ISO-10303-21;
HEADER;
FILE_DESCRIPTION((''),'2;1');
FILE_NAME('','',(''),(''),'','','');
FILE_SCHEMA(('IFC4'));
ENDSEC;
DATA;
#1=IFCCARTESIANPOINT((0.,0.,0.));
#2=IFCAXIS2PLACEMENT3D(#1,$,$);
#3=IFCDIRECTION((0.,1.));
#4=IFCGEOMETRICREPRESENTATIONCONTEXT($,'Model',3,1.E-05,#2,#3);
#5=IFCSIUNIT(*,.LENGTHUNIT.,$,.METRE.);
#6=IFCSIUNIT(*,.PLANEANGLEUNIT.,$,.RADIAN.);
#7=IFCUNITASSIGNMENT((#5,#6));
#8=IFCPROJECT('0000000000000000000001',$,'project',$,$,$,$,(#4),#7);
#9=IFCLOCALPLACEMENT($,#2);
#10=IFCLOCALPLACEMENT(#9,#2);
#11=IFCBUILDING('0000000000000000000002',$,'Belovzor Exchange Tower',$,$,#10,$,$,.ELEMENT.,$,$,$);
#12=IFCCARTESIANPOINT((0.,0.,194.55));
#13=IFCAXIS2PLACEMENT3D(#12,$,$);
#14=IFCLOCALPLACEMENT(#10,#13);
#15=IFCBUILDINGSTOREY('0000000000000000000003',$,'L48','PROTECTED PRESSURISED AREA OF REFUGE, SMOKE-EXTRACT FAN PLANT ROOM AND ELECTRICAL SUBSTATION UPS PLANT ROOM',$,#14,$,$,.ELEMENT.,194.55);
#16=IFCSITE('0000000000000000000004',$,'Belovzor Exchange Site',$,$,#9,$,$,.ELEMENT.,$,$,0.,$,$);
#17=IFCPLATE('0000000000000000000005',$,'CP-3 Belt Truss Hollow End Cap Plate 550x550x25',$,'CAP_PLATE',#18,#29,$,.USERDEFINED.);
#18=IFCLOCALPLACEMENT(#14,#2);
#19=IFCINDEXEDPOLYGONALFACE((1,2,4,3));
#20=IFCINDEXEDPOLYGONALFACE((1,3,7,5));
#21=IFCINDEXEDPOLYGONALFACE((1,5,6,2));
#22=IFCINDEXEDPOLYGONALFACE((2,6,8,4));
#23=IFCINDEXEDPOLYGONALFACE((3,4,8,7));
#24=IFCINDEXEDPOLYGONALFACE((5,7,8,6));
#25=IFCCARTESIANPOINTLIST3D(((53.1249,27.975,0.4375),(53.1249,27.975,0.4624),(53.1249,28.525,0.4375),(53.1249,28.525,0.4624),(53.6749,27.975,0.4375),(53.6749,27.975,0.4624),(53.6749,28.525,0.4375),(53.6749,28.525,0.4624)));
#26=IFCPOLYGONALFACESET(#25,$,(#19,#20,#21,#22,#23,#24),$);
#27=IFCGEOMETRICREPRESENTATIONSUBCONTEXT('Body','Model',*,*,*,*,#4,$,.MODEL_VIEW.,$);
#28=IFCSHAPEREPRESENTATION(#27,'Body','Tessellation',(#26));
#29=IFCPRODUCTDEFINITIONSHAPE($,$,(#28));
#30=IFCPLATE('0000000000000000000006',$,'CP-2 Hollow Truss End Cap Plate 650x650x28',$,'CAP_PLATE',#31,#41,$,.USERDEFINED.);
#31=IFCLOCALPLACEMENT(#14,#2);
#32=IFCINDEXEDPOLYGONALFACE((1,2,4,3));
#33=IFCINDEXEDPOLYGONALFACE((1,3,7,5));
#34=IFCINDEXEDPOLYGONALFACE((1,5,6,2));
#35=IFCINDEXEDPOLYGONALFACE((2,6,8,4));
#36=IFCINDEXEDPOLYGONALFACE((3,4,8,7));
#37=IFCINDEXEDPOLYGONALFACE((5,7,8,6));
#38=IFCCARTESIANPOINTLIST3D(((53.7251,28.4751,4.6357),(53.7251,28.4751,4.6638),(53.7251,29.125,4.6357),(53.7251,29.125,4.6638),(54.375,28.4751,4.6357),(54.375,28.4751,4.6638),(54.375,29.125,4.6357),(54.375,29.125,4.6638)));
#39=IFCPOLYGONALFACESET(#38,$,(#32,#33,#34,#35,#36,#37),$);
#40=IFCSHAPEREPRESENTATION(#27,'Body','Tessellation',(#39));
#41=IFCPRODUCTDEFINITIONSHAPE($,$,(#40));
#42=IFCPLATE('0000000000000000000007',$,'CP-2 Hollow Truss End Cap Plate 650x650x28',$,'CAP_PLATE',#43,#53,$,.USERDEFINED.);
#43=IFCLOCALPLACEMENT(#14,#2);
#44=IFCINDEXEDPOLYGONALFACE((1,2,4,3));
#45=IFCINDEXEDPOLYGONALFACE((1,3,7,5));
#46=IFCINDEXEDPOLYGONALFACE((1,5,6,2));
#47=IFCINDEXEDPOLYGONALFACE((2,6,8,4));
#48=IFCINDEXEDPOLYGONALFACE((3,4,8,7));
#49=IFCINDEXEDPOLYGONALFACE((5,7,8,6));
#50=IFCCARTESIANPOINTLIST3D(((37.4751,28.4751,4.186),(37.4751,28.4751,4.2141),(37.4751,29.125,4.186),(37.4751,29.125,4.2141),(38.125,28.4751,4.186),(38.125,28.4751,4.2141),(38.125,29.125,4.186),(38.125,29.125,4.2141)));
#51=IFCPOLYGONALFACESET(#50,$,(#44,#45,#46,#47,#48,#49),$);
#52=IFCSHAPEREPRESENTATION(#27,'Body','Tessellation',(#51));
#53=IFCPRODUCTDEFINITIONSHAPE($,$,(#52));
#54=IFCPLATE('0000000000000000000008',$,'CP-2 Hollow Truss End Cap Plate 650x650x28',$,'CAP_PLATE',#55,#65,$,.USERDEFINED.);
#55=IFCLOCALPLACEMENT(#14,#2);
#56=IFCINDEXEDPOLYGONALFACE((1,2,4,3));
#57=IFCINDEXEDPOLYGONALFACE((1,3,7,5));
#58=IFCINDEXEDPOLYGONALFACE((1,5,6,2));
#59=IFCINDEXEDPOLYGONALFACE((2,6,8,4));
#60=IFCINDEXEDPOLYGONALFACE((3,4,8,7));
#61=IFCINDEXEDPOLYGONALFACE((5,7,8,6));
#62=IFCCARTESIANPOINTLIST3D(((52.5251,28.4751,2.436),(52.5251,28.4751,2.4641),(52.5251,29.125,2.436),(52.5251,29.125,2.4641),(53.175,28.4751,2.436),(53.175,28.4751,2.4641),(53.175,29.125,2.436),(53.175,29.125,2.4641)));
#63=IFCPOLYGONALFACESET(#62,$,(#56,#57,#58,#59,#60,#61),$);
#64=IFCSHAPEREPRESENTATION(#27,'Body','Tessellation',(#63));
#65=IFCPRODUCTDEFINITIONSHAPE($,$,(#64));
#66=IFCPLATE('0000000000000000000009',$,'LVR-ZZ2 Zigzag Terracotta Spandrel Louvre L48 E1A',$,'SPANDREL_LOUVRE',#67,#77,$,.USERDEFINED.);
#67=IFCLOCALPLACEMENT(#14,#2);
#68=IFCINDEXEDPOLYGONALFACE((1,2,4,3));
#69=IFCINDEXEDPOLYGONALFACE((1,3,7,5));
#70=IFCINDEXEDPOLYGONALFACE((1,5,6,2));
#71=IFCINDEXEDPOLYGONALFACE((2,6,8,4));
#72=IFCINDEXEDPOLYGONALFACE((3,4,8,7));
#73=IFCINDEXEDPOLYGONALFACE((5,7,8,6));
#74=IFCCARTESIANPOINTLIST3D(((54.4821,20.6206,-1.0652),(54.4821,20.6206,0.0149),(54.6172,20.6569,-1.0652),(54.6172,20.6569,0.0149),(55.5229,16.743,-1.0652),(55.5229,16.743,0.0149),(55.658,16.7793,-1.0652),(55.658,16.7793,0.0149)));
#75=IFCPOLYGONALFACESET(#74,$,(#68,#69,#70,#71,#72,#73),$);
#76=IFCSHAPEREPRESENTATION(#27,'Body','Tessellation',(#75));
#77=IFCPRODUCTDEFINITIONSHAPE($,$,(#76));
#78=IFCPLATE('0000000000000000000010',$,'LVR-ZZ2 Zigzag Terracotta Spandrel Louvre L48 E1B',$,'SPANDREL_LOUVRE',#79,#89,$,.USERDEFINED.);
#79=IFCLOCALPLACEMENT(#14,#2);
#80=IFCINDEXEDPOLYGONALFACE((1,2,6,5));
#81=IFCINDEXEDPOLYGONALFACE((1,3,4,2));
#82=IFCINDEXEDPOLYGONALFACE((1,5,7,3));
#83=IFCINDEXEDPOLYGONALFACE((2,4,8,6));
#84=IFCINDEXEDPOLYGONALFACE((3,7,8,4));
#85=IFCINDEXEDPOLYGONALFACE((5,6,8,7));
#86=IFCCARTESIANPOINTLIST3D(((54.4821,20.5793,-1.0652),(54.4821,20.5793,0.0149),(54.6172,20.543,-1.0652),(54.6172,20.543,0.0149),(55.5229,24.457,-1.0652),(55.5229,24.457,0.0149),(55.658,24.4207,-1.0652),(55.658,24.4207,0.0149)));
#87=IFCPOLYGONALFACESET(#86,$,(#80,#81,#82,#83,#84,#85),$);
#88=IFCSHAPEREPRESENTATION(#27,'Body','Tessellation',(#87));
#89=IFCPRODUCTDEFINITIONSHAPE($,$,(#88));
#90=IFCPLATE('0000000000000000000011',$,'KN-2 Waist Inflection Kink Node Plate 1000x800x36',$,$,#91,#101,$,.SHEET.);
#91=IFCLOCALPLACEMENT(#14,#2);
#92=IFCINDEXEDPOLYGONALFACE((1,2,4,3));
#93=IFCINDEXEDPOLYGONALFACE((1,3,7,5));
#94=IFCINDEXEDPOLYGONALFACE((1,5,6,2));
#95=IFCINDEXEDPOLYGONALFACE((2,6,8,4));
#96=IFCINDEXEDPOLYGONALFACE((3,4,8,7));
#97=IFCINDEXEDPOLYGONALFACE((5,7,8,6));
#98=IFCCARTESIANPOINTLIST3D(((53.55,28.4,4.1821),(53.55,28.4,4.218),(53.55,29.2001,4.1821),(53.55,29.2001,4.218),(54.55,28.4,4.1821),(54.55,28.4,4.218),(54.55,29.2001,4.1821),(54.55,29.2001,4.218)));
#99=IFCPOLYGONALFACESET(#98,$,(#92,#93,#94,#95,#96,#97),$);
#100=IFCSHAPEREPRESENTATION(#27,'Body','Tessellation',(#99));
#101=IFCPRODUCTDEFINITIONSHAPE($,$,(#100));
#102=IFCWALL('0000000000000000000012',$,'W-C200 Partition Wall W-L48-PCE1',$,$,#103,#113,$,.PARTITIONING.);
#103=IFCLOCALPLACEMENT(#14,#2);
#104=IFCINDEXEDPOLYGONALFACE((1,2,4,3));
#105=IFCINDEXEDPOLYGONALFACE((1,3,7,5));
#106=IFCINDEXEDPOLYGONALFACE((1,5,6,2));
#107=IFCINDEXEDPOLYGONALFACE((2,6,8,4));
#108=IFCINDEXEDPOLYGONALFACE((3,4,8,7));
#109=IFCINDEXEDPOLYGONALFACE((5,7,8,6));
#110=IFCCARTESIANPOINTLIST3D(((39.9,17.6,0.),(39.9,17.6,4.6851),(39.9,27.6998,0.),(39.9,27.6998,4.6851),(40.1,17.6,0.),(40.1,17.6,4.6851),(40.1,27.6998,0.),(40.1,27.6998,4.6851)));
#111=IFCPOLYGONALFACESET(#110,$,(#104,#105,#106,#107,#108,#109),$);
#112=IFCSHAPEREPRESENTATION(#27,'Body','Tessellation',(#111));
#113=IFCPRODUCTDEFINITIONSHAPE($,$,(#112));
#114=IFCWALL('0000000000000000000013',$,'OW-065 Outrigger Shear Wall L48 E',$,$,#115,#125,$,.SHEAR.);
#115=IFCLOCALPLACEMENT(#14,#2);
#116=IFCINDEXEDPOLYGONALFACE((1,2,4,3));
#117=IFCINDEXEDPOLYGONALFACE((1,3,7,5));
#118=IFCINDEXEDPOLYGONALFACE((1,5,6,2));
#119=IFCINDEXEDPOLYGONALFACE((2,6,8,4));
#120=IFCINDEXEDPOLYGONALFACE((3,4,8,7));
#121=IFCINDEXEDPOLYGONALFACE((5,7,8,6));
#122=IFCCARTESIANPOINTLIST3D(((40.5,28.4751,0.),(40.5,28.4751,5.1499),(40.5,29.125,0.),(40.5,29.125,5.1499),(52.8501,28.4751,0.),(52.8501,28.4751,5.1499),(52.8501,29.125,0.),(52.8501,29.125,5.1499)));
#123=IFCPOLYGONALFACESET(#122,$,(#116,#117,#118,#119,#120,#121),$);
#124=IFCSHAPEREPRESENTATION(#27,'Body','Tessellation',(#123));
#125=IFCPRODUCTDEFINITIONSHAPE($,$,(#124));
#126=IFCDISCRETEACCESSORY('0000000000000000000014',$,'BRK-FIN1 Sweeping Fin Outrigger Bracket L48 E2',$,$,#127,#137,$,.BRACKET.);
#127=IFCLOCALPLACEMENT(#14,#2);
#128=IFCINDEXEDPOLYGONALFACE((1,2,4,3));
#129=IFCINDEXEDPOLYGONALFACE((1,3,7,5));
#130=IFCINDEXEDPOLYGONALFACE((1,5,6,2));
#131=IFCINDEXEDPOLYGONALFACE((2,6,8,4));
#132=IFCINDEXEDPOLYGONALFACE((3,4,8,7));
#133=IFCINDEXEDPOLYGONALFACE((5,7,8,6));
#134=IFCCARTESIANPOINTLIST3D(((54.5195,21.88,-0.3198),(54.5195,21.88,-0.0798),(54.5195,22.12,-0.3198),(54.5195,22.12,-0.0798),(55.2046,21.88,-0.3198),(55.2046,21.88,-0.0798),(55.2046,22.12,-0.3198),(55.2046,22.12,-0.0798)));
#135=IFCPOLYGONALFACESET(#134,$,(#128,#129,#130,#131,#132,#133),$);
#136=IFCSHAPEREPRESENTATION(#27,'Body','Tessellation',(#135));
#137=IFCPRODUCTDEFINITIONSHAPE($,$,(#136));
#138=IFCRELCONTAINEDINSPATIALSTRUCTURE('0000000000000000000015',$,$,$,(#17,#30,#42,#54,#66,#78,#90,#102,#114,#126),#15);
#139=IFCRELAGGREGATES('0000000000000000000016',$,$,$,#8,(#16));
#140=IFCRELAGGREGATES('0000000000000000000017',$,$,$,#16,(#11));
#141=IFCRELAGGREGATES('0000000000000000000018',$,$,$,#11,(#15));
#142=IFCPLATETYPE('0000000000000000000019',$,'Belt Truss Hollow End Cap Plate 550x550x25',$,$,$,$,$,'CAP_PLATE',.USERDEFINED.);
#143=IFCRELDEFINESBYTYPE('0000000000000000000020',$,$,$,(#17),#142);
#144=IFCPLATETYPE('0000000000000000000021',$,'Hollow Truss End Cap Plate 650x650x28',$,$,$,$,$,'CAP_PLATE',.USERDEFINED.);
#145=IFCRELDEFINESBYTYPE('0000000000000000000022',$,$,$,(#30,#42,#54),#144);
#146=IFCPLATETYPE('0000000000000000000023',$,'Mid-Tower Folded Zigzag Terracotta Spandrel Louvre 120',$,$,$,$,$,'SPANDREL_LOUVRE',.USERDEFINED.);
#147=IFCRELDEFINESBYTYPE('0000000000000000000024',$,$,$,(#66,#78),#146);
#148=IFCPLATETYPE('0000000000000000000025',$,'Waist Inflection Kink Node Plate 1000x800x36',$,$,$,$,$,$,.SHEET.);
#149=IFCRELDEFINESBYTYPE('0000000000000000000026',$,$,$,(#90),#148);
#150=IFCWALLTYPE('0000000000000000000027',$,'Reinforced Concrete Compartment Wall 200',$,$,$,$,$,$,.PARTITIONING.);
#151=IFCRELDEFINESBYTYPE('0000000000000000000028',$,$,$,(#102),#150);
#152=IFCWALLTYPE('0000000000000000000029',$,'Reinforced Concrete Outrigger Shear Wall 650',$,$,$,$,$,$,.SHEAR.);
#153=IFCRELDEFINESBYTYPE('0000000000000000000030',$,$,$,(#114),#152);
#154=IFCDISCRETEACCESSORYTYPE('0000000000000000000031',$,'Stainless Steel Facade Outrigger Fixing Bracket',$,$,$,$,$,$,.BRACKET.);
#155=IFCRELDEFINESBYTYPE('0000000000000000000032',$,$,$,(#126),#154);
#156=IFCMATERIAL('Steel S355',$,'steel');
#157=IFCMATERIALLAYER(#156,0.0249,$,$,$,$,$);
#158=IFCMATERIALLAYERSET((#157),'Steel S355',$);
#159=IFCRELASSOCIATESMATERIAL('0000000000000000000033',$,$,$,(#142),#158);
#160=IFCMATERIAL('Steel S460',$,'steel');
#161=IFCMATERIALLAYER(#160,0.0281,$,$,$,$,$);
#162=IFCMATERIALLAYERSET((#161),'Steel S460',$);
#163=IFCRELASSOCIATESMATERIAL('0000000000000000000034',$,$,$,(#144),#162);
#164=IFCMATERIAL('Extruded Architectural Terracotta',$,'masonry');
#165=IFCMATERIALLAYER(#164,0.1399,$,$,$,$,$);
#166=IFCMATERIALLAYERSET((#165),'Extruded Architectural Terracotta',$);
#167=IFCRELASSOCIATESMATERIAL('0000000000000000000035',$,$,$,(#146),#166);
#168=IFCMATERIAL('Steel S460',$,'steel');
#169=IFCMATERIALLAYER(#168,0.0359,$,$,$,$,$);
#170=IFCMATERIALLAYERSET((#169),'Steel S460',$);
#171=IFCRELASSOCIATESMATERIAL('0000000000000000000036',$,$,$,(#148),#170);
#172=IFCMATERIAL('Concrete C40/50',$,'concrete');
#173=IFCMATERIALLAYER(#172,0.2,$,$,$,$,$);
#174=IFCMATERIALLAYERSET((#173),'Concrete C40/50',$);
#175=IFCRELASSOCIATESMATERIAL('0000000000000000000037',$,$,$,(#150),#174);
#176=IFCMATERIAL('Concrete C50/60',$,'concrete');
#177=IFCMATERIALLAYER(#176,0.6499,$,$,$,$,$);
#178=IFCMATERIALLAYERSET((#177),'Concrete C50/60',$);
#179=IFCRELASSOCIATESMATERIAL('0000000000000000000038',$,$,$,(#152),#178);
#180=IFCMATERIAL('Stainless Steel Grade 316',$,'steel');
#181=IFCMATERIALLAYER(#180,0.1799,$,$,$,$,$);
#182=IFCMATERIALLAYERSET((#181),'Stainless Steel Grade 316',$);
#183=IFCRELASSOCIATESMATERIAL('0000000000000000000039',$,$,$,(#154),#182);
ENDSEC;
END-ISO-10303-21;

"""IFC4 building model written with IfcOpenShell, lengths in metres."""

from ifc_helpers import new_model, si_unit, direction, frame, frame_2d, origin, origin_2d, place, context, subcontext, project, spatial, rectangle, extrude, material, layer, layer_set, type_object, element, save


model = new_model("IFC4")

# Units and contexts
model_context = context("Model", 3, precision=1e-05, world=origin(), true_north=direction((0.0, 1.0)))
body_context = subcontext(model_context, "Body", "Model", "MODEL_VIEW")
ifc_project = project(units=[si_unit("LENGTHUNIT", "METRE"), si_unit("PLANEANGLEUNIT", "RADIAN")], contexts=[model_context])

# Site, building, storey
site_placement = place(None, origin())
site = spatial("IfcSite", under=ifc_project, at=site_placement, Name="Belovzor Exchange Site", CompositionType="ELEMENT", RefElevation=0.0)
building_placement = place(site_placement, origin())
building = spatial("IfcBuilding", under=site, at=building_placement, Name="Belovzor Exchange Tower", CompositionType="ELEMENT")
storey_placement = place(building_placement, frame((0.0, 0.0, 194.55)))
storey = spatial("IfcBuildingStorey", under=building, at=storey_placement, Name="L48", Description="PROTECTED PRESSURISED AREA OF REFUGE, SMOKE-EXTRACT FAN PLANT ROOM AND ELECTRICAL SUBSTATION UPS PLANT ROOM", CompositionType="ELEMENT", Elevation=194.55)

# Plates
ifc_material_1 = material(Name="Steel S355", Category="steel")
ifc_layer_1 = layer(ifc_material_1, 0.0249)
ifc_layer_set_1 = layer_set([ifc_layer_1], Name="Steel S355")
plate_type_1 = type_object("IfcPlateType", Name="Belt Truss Hollow End Cap Plate 550x550x25", ElementType="CAP_PLATE", PredefinedType="USERDEFINED", material=ifc_layer_set_1)
plate_1_placement = place(storey_placement, frame((53.3999, 28.25, 0.4375), z_axis=(0.0, 0.0, 1.0), x_axis=(0.0, 1.0, 0.0)))
element("IfcPlate", 1, at=plate_1_placement, inside=storey, type_object=plate_type_1, Name="CP-3 Belt Truss Hollow End Cap Plate 550x550x25", ObjectType="CAP_PLATE", PredefinedType="USERDEFINED", context=body_context, shape_type="SweptSolid", body=[
    extrude(rectangle(XDim=0.55, YDim=0.55, at=origin_2d()), origin(), (0.0, 0.0, 1.0), 0.0249),
])
ifc_material_2 = material(Name="Steel S460", Category="steel")
ifc_layer_2 = layer(ifc_material_2, 0.0281)
ifc_layer_set_2 = layer_set([ifc_layer_2], Name="Steel S460")
plate_type_2 = type_object("IfcPlateType", Name="Hollow Truss End Cap Plate 650x650x28", ElementType="CAP_PLATE", PredefinedType="USERDEFINED", material=ifc_layer_set_2)
for number, where, z_axis, x_axis, name in (
    (2, (54.05, 28.8, 4.6357), (0.0, 0.0, 1.0), (1.0, 0.0, 0.0), "CP-2 Hollow Truss End Cap Plate 650x650x28"),
    (3, (37.8, 28.8, 4.186), (0.0, 0.0, 1.0), (1.0, 0.0, 0.0), "CP-2 Hollow Truss End Cap Plate 650x650x28"),
    (4, (52.8501, 28.8, 2.436), (0.0, 0.0, 1.0), (1.0, 0.0, 0.0), "CP-2 Hollow Truss End Cap Plate 650x650x28"),
):
    element("IfcPlate", number, at=place(storey_placement, frame(where, z_axis=z_axis, x_axis=x_axis)), inside=storey, type_object=plate_type_2, Name=name, ObjectType="CAP_PLATE", PredefinedType="USERDEFINED", context=body_context, shape_type="SweptSolid", body=[
        extrude(rectangle(XDim=0.6499, YDim=0.6499, at=origin_2d()), origin(), (0.0, 0.0, 1.0), 0.0281),
    ])
ifc_material_3 = material(Name="Extruded Architectural Terracotta", Category="masonry")
ifc_layer_3 = layer(ifc_material_3, 0.1399)
ifc_layer_set_3 = layer_set([ifc_layer_3], Name="Extruded Architectural Terracotta")
plate_type_3 = type_object("IfcPlateType", Name="Mid-Tower Folded Zigzag Terracotta Spandrel Louvre 120", ElementType="SPANDREL_LOUVRE", PredefinedType="USERDEFINED", material=ifc_layer_set_3)
for number, where, z_axis, x_axis, name in (
    (5, (55.0701, 18.7, -1.0652), (0.0, 0.0, 1.0), (-0.25924, 0.965813, 0.0), "LVR-ZZ2 Zigzag Terracotta Spandrel Louvre L48 E1A"),
    (6, (55.0701, 22.5, -1.0652), (0.0, 0.0, 1.0), (0.25924, 0.965813, 0.0), "LVR-ZZ2 Zigzag Terracotta Spandrel Louvre L48 E1B"),
):
    element("IfcPlate", number, at=place(storey_placement, frame(where, z_axis=z_axis, x_axis=x_axis)), inside=storey, type_object=plate_type_3, Name=name, ObjectType="SPANDREL_LOUVRE", PredefinedType="USERDEFINED", context=body_context, shape_type="SweptSolid", body=[
        extrude(rectangle(XDim=4.0149, YDim=0.1399, at=origin_2d()), origin(), (0.0, 0.0, 1.0), 1.0801),
    ])
ifc_material_4 = material(Name="Steel S460", Category="steel")
ifc_layer_4 = layer(ifc_material_4, 0.0359)
ifc_layer_set_4 = layer_set([ifc_layer_4], Name="Steel S460")
plate_type_4 = type_object("IfcPlateType", Name="Waist Inflection Kink Node Plate 1000x800x36", PredefinedType="SHEET", material=ifc_layer_set_4)
plate_2_placement = place(storey_placement, frame((54.05, 28.8, 4.1821), z_axis=(0.0, 0.0, 1.0), x_axis=(1.0, 0.0, 0.0)))
element("IfcPlate", 7, at=plate_2_placement, inside=storey, type_object=plate_type_4, Name="KN-2 Waist Inflection Kink Node Plate 1000x800x36", PredefinedType="SHEET", context=body_context, shape_type="SweptSolid", body=[
    extrude(rectangle(XDim=1.0, YDim=0.8, at=origin_2d()), origin(), (0.0, 0.0, 1.0), 0.0359),
])

# Walls
ifc_material_5 = material(Name="Concrete C40/50", Category="concrete")
ifc_layer_5 = layer(ifc_material_5, 0.2)
ifc_layer_set_5 = layer_set([ifc_layer_5], Name="Concrete C40/50")
wall_type_1 = type_object("IfcWallType", Name="Reinforced Concrete Compartment Wall 200", PredefinedType="PARTITIONING", material=ifc_layer_set_5)
wall_1_placement = place(storey_placement, frame((40.0, 17.6001, 0.0), z_axis=(0.0, 0.0, 1.0), x_axis=(0.0, 1.0, 0.0)))
element("IfcWall", 8, at=wall_1_placement, inside=storey, type_object=wall_type_1, Name="W-C200 Partition Wall W-L48-PCE1", PredefinedType="PARTITIONING", context=body_context, shape_type="SweptSolid", body=[
    extrude(rectangle(XDim=10.0999, YDim=0.2, at=frame_2d((5.0498, 0.0))), origin(), (0.0, 0.0, 1.0), 4.6851),
])
ifc_material_6 = material(Name="Concrete C50/60", Category="concrete")
ifc_layer_6 = layer(ifc_material_6, 0.6499)
ifc_layer_set_6 = layer_set([ifc_layer_6], Name="Concrete C50/60")
wall_type_2 = type_object("IfcWallType", Name="Reinforced Concrete Outrigger Shear Wall 650", PredefinedType="SHEAR", material=ifc_layer_set_6)
wall_2_placement = place(storey_placement, frame((40.5, 28.8, 0.0), z_axis=(0.0, 0.0, 1.0), x_axis=(1.0, 0.0, 0.0)))
element("IfcWall", 9, at=wall_2_placement, inside=storey, type_object=wall_type_2, Name="OW-065 Outrigger Shear Wall L48 E", PredefinedType="SHEAR", context=body_context, shape_type="SweptSolid", body=[
    extrude(rectangle(XDim=12.3501, YDim=0.6499, at=frame_2d((6.175, 0.0))), origin(), (0.0, 0.0, 1.0), 5.1499),
])

# Discrete accessory
ifc_material_7 = material(Name="Stainless Steel Grade 316", Category="steel")
ifc_layer_7 = layer(ifc_material_7, 0.1799)
ifc_layer_set_7 = layer_set([ifc_layer_7], Name="Stainless Steel Grade 316")
discrete_accessory_type = type_object("IfcDiscreteAccessoryType", Name="Stainless Steel Facade Outrigger Fixing Bracket", PredefinedType="BRACKET", material=ifc_layer_set_7)
discrete_accessory_placement = place(storey_placement, frame((54.8621, 22.0, -0.3198), z_axis=(0.0, 0.0, 1.0), x_axis=(1.0, 0.0, 0.0)))
element("IfcDiscreteAccessory", 10, at=discrete_accessory_placement, inside=storey, type_object=discrete_accessory_type, Name="BRK-FIN1 Sweeping Fin Outrigger Bracket L48 E2", PredefinedType="BRACKET", context=body_context, shape_type="SweptSolid", body=[
    extrude(rectangle(XDim=0.6851, YDim=0.24, at=origin_2d()), origin(), (0.0, 0.0, 1.0), 0.24),
])

save(model, "model.ifc")
